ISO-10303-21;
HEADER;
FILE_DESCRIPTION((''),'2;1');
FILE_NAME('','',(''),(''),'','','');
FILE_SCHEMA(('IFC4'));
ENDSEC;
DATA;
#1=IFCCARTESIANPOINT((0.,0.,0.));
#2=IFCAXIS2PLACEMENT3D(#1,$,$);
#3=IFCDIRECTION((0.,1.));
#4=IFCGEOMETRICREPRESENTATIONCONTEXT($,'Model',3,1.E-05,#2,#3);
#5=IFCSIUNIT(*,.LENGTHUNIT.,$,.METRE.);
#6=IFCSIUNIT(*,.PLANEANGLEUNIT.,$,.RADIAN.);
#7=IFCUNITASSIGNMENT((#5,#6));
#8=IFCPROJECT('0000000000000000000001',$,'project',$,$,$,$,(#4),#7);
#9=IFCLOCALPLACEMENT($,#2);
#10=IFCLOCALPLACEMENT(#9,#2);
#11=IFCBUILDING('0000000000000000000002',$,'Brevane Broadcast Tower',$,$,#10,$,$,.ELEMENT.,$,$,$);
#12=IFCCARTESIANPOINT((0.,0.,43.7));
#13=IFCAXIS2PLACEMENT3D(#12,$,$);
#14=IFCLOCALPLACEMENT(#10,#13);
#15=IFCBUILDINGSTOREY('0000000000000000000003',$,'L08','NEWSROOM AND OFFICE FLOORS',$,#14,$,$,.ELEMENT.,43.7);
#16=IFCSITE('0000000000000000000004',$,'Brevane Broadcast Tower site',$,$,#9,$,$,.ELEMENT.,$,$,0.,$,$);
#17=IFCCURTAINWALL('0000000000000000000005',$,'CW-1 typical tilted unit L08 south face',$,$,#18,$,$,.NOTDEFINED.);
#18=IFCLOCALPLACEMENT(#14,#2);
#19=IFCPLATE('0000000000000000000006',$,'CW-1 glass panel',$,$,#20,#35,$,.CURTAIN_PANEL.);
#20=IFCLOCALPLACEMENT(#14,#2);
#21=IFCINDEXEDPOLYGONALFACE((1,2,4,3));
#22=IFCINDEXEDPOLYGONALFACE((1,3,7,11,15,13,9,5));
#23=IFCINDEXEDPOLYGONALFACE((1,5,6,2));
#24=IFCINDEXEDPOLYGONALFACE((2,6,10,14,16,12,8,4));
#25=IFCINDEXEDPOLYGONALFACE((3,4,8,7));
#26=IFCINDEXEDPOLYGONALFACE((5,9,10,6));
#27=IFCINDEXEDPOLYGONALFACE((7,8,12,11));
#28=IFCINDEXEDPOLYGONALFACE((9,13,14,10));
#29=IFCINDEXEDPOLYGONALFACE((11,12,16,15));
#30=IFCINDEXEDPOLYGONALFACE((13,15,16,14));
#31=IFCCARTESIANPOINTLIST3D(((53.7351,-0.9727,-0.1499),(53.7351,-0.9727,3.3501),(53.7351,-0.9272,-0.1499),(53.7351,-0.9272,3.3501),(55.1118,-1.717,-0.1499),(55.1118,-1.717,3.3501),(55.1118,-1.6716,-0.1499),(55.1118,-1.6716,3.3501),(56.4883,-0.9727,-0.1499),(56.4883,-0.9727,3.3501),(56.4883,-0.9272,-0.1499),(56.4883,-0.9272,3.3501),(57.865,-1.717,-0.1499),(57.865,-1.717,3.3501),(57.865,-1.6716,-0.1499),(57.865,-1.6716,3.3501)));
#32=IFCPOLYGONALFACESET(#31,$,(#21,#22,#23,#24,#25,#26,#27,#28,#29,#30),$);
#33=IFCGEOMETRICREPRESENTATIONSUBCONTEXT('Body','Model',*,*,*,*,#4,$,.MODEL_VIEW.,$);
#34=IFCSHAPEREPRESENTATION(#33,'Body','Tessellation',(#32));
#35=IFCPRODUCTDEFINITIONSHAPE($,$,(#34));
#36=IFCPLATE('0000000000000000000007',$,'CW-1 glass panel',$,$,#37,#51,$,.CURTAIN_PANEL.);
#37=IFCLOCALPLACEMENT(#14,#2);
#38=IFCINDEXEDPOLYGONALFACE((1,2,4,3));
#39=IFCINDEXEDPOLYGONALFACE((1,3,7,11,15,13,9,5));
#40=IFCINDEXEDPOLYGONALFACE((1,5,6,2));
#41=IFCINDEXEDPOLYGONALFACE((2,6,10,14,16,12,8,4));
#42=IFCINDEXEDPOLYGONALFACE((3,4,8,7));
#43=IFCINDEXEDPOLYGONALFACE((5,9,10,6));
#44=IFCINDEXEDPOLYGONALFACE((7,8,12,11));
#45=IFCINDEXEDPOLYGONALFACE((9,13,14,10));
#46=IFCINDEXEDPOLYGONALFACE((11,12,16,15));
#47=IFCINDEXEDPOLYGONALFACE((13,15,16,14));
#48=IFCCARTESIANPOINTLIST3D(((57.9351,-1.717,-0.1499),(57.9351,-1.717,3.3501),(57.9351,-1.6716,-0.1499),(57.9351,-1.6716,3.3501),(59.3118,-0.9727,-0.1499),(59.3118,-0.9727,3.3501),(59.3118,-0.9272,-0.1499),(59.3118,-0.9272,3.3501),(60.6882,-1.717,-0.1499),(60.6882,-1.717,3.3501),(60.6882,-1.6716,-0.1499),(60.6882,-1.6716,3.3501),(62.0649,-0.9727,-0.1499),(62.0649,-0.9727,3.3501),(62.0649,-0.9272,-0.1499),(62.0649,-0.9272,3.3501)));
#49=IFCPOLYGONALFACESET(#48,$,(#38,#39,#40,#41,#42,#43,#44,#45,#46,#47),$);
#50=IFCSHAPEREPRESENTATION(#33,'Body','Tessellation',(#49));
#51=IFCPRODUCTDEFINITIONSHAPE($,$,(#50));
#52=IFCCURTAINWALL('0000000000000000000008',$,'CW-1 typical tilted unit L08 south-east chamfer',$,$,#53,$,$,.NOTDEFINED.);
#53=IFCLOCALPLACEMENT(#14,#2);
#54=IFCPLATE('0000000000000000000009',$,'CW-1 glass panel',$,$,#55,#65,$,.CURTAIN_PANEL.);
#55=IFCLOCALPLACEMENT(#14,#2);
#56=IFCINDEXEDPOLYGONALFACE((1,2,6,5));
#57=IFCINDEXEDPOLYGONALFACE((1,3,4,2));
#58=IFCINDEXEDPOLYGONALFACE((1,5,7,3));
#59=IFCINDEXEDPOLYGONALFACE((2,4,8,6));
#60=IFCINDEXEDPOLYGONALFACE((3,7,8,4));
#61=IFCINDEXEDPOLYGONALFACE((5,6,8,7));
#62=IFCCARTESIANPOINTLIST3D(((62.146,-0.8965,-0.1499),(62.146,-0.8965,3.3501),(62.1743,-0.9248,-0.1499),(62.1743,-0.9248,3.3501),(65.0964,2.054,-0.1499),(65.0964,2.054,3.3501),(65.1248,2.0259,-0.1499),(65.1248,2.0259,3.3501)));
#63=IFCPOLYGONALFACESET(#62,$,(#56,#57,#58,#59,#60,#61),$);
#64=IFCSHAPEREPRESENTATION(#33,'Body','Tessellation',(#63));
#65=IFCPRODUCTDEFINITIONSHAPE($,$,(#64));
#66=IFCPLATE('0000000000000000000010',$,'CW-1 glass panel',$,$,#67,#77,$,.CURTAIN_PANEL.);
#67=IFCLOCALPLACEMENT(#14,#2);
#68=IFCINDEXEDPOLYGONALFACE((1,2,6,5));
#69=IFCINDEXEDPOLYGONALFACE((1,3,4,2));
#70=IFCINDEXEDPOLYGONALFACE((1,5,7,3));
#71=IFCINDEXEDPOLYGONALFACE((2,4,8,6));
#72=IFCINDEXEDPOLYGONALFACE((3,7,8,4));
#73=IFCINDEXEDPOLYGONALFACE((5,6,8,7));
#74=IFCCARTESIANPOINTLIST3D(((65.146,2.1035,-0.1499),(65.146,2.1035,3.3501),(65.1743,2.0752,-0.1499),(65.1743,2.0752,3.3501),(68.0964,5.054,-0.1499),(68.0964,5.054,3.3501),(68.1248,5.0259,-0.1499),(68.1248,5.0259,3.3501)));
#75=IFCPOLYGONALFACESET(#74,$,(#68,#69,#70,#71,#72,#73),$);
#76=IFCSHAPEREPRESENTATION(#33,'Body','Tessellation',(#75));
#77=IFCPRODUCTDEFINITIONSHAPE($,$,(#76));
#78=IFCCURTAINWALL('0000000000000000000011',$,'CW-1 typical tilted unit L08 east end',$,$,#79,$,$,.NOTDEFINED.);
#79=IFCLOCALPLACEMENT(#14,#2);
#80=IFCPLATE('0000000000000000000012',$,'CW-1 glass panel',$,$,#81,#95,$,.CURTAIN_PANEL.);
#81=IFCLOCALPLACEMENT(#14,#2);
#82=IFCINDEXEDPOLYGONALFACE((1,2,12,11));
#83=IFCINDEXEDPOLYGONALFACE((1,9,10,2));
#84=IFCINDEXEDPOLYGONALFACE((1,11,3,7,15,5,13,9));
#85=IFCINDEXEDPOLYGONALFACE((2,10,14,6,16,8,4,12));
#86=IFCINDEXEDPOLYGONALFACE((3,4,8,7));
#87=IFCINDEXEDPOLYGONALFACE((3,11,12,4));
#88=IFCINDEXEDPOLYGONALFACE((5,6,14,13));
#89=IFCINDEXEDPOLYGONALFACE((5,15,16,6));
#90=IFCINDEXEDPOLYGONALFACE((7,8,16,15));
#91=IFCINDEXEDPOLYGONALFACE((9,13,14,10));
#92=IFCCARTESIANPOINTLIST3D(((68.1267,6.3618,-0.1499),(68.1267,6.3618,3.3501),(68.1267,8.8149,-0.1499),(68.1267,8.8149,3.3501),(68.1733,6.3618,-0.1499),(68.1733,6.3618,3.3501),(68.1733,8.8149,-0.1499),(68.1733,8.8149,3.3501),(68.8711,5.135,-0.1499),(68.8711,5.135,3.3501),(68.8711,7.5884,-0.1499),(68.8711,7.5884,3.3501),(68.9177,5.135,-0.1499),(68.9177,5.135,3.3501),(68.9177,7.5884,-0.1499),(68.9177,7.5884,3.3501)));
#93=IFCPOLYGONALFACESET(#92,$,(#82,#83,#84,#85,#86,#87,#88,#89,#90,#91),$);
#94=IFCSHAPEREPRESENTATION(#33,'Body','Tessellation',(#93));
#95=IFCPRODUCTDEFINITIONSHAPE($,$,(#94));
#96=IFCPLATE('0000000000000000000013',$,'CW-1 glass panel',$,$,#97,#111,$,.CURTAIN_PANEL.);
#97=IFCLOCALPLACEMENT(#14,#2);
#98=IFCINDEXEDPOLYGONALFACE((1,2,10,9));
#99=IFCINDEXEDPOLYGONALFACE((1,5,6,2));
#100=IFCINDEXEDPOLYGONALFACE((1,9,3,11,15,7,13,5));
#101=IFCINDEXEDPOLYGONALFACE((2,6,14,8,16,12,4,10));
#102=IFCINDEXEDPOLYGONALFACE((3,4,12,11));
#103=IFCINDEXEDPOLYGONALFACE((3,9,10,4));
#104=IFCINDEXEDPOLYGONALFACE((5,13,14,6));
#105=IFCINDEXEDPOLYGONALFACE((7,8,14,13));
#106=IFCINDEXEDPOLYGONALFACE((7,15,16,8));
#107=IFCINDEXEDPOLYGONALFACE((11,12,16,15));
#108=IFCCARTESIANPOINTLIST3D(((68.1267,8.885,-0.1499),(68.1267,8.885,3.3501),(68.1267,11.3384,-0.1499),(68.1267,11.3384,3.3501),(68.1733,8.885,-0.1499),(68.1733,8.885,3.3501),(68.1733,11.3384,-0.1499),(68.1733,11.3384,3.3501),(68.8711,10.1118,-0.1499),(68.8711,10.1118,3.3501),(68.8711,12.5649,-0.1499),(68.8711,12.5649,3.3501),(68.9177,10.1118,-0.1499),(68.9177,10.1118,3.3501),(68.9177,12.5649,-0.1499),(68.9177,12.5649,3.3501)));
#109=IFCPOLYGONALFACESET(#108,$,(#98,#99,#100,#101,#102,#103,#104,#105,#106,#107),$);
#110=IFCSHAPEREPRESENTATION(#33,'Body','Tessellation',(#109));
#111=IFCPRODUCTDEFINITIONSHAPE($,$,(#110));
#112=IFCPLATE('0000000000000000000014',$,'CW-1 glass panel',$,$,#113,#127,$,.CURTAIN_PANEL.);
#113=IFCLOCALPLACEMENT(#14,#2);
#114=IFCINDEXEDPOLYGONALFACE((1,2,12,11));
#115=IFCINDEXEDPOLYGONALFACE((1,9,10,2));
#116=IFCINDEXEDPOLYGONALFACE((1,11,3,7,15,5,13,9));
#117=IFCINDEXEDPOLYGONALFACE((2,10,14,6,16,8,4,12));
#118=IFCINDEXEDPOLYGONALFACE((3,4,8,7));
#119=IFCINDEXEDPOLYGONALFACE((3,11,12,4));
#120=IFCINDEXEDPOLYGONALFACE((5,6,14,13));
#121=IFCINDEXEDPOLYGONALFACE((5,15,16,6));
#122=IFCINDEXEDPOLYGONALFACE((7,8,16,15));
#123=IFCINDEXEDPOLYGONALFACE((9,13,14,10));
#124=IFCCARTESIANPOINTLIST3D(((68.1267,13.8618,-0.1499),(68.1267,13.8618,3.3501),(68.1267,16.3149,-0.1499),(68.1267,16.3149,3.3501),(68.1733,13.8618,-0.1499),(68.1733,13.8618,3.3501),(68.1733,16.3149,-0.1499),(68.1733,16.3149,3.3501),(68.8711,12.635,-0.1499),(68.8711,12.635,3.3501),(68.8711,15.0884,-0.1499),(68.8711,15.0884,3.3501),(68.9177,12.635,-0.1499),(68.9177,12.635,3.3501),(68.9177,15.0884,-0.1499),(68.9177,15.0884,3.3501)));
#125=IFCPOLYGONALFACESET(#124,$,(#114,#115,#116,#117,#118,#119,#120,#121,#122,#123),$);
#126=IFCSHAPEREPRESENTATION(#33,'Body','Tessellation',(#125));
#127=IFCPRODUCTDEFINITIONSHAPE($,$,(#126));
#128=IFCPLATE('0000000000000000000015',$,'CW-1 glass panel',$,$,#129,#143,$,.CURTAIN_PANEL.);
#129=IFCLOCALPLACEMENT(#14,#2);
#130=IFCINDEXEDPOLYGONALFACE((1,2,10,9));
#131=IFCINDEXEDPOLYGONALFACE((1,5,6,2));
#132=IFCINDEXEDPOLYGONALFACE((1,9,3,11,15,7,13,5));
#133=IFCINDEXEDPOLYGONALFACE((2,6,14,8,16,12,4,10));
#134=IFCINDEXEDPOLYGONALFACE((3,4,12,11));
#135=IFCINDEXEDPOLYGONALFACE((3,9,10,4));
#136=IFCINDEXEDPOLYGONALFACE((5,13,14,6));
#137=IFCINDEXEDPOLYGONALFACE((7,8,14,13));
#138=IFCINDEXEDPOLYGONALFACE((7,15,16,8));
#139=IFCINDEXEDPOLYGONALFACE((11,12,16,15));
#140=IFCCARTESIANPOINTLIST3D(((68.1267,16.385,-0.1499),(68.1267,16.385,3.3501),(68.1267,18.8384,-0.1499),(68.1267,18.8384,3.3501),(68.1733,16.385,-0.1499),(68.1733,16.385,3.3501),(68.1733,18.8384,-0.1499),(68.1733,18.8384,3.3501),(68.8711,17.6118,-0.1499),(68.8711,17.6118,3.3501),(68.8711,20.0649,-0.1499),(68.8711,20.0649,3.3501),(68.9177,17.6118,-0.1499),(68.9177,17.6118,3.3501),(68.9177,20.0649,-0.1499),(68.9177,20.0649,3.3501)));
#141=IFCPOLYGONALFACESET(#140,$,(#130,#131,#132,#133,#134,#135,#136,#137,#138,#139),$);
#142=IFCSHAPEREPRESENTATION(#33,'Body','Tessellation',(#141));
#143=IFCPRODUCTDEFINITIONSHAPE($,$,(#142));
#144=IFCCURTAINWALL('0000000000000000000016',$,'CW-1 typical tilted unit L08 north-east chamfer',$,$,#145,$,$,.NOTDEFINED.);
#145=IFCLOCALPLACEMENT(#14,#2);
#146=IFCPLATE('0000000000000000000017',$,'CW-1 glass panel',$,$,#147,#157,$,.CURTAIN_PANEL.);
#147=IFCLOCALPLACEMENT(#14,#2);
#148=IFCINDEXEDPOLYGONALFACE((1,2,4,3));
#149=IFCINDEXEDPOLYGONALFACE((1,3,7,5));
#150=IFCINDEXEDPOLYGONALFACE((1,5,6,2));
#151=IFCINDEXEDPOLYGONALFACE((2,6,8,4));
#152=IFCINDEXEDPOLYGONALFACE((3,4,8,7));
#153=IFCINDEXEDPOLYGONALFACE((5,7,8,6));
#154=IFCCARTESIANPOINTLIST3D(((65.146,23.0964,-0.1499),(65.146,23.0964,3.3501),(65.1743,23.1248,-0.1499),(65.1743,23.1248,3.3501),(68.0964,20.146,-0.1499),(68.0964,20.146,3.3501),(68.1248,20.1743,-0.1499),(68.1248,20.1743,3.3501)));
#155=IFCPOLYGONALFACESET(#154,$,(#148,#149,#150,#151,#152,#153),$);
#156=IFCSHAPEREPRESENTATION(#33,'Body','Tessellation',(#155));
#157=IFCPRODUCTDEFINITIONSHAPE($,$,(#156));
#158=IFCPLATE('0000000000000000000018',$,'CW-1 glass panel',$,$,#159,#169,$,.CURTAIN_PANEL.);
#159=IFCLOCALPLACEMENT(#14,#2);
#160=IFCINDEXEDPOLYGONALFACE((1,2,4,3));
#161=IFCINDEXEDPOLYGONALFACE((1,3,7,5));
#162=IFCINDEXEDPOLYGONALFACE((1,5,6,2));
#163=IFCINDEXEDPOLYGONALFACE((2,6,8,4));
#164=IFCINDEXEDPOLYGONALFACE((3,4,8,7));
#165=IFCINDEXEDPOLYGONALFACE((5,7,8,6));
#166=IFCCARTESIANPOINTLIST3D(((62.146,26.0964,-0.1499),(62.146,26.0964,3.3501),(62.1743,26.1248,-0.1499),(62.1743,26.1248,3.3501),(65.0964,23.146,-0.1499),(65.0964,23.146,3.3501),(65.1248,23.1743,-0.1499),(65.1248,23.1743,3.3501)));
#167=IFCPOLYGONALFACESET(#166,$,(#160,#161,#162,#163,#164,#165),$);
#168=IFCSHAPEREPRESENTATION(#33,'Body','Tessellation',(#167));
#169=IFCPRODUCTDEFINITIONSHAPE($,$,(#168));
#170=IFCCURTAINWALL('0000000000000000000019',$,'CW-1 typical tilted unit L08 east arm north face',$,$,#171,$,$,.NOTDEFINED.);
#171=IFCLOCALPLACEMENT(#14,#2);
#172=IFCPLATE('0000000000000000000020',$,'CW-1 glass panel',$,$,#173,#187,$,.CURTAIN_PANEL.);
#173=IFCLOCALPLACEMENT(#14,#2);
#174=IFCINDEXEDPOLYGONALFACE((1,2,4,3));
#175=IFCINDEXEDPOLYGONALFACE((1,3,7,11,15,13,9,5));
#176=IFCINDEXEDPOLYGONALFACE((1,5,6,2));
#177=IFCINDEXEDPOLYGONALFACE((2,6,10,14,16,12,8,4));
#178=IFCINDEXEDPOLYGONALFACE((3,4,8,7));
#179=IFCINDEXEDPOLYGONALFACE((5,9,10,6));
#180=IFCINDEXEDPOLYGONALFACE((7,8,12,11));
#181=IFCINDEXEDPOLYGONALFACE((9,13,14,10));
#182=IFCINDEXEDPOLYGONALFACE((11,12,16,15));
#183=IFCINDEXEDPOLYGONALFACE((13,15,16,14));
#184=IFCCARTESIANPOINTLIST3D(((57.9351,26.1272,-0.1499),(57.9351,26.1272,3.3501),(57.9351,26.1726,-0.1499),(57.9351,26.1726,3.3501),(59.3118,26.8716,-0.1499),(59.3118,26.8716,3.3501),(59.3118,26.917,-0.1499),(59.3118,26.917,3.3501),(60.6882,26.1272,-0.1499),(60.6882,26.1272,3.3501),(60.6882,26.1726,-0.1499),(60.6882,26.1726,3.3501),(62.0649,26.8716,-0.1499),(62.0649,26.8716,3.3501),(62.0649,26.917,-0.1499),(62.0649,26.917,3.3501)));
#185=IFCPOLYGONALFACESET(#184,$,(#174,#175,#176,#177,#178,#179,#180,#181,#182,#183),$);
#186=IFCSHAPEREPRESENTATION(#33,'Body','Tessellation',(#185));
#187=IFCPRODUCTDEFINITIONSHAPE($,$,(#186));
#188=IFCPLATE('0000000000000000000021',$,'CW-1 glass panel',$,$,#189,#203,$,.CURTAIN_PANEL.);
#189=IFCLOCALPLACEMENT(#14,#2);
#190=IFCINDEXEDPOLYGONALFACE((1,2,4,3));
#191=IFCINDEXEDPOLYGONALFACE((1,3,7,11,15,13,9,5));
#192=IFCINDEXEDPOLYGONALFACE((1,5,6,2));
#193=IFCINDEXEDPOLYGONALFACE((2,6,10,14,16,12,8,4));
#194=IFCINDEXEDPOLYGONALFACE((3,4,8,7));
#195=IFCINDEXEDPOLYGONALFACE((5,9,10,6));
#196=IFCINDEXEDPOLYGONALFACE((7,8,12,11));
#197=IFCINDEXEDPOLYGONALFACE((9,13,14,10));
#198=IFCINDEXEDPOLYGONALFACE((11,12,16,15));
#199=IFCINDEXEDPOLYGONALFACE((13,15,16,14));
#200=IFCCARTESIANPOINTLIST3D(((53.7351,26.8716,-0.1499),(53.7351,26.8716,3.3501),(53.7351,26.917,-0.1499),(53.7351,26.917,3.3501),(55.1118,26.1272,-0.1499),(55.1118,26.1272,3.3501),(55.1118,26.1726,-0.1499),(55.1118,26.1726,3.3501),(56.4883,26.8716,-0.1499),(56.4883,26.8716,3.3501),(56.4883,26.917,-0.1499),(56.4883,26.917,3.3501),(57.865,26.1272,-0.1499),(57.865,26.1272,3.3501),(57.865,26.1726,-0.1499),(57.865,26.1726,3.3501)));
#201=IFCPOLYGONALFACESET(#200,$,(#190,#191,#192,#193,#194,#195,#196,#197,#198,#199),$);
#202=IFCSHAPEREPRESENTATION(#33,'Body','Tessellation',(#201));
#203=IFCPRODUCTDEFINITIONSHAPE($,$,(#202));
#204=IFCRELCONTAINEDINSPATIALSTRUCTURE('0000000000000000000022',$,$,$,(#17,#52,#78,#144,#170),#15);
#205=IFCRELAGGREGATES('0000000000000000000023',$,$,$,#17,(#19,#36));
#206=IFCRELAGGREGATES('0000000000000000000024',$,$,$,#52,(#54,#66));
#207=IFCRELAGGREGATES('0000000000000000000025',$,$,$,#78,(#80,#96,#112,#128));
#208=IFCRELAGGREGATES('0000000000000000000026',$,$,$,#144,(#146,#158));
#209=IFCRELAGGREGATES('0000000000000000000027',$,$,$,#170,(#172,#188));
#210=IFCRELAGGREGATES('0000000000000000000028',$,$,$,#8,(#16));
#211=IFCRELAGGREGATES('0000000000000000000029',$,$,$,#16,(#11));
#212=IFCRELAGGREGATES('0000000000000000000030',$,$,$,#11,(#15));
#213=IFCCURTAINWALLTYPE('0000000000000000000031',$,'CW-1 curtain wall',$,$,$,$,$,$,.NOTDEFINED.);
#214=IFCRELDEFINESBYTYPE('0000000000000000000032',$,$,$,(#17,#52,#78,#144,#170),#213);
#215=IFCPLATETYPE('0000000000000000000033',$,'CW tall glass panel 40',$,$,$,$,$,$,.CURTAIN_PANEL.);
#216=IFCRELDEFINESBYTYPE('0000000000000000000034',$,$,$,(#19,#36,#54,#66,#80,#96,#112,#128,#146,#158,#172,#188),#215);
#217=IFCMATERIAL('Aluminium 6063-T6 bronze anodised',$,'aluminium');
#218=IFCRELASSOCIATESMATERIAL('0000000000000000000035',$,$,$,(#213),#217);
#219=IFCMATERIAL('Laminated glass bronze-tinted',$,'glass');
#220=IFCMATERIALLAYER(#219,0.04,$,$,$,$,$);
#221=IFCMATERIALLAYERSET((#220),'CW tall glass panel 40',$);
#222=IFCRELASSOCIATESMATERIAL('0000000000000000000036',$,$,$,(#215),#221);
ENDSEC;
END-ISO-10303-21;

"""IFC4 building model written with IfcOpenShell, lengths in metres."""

from ifc_helpers import new_model, si_unit, direction, frame, origin, place, context, subcontext, project, spatial, polyline, outline, extrude, material, layer, layer_set, type_object, element, aggregate, save


model = new_model("IFC4")

# Units and contexts
model_context = context("Model", 3, precision=1e-05, world=origin(), true_north=direction((0.0, 1.0)))
body_context = subcontext(model_context, "Body", "Model", "MODEL_VIEW")
ifc_project = project(units=[si_unit("LENGTHUNIT", "METRE"), si_unit("PLANEANGLEUNIT", "RADIAN")], contexts=[model_context])

# Site, building, storey
site_placement = place(None, origin())
site = spatial("IfcSite", under=ifc_project, at=site_placement, Name="Brevane Broadcast Tower site", CompositionType="ELEMENT", RefElevation=0.0)
building_placement = place(site_placement, origin())
building = spatial("IfcBuilding", under=site, at=building_placement, Name="Brevane Broadcast Tower", CompositionType="ELEMENT")
storey_placement = place(building_placement, frame((0.0, 0.0, 43.7)))
storey = spatial("IfcBuildingStorey", under=building, at=storey_placement, Name="L08", Description="NEWSROOM AND OFFICE FLOORS", CompositionType="ELEMENT", Elevation=43.7)

# Curtain walls, plates
ifc_material_1 = material(Name="Aluminium 6063-T6 bronze anodised", Category="aluminium")
curtain_wall_type = type_object("IfcCurtainWallType", Name="CW-1 curtain wall", PredefinedType="NOTDEFINED", material=ifc_material_1)
curtain_wall_1_placement = place(storey_placement, origin())
curtain_wall_1 = element("IfcCurtainWall", 1, at=curtain_wall_1_placement, inside=storey, type_object=curtain_wall_type, Name="CW-1 typical tilted unit L08 south face", PredefinedType="NOTDEFINED")
ifc_material_2 = material(Name="Laminated glass bronze-tinted", Category="glass")
ifc_layer = layer(ifc_material_2, 0.04)
ifc_layer_set = layer_set([ifc_layer], Name="CW tall glass panel 40")
plate_type = type_object("IfcPlateType", Name="CW tall glass panel 40", PredefinedType="CURTAIN_PANEL", material=ifc_layer_set)
plate_1_placement = place(storey_placement, frame((0.0, 0.0, -0.1499)))
plate_1 = element("IfcPlate", 2, at=plate_1_placement, type_object=plate_type, Name="CW-1 glass panel", PredefinedType="CURTAIN_PANEL", context=body_context, shape_type="SweptSolid", body=[
    extrude(outline(polyline([(53.7351, -0.9272), (53.7351, -0.9727), (55.1118, -1.717), (56.4883, -0.9727), (57.865, -1.717), (57.865, -1.6716), (56.4883, -0.9272), (55.1118, -1.6716), (53.7351, -0.9272)])), origin(), (0.0, 0.0, 1.0), 3.5),
])
plate_2_placement = place(storey_placement, frame((0.0, 0.0, -0.1499)))
plate_2 = element("IfcPlate", 3, at=plate_2_placement, type_object=plate_type, Name="CW-1 glass panel", PredefinedType="CURTAIN_PANEL", context=body_context, shape_type="SweptSolid", body=[
    extrude(outline(polyline([(57.9351, -1.6716), (57.9351, -1.717), (59.3118, -0.9727), (60.6882, -1.717), (62.0649, -0.9727), (62.0649, -0.9272), (60.6882, -1.6716), (59.3118, -0.9272), (57.9351, -1.6716)])), origin(), (0.0, 0.0, 1.0), 3.5),
])
aggregate(curtain_wall_1, [plate_1, plate_2])
curtain_wall_2_placement = place(storey_placement, origin())
curtain_wall_2 = element("IfcCurtainWall", 4, at=curtain_wall_2_placement, inside=storey, type_object=curtain_wall_type, Name="CW-1 typical tilted unit L08 south-east chamfer", PredefinedType="NOTDEFINED")
plate_3_placement = place(storey_placement, frame((0.0, 0.0, -0.1499)))
plate_3 = element("IfcPlate", 5, at=plate_3_placement, type_object=plate_type, Name="CW-1 glass panel", PredefinedType="CURTAIN_PANEL", context=body_context, shape_type="SweptSolid", body=[
    extrude(outline(polyline([(62.146, -0.8965), (65.0964, 2.054), (65.1248, 2.0259), (62.1743, -0.9248), (62.146, -0.8965)])), origin(), (0.0, 0.0, 1.0), 3.5),
])
plate_4_placement = place(storey_placement, frame((0.0, 0.0, -0.1499)))
plate_4 = element("IfcPlate", 6, at=plate_4_placement, type_object=plate_type, Name="CW-1 glass panel", PredefinedType="CURTAIN_PANEL", context=body_context, shape_type="SweptSolid", body=[
    extrude(outline(polyline([(65.146, 2.1035), (68.0964, 5.054), (68.1248, 5.0259), (65.1743, 2.0752), (65.146, 2.1035)])), origin(), (0.0, 0.0, 1.0), 3.5),
])
aggregate(curtain_wall_2, [plate_3, plate_4])
curtain_wall_3_placement = place(storey_placement, origin())
curtain_wall_3 = element("IfcCurtainWall", 7, at=curtain_wall_3_placement, inside=storey, type_object=curtain_wall_type, Name="CW-1 typical tilted unit L08 east end", PredefinedType="NOTDEFINED")
plate_5_placement = place(storey_placement, frame((0.0, 0.0, -0.1499)))
plate_5 = element("IfcPlate", 8, at=plate_5_placement, type_object=plate_type, Name="CW-1 glass panel", PredefinedType="CURTAIN_PANEL", context=body_context, shape_type="SweptSolid", body=[
    extrude(outline(polyline([(68.8711, 5.135), (68.9177, 5.135), (68.1733, 6.3618), (68.9177, 7.5884), (68.1733, 8.8149), (68.1267, 8.8149), (68.8711, 7.5884), (68.1267, 6.3618), (68.8711, 5.135)])), origin(), (0.0, 0.0, 1.0), 3.5),
])
plate_6_placement = place(storey_placement, frame((0.0, 0.0, -0.1499)))
plate_6 = element("IfcPlate", 9, at=plate_6_placement, type_object=plate_type, Name="CW-1 glass panel", PredefinedType="CURTAIN_PANEL", context=body_context, shape_type="SweptSolid", body=[
    extrude(outline(polyline([(68.1267, 8.885), (68.1733, 8.885), (68.9177, 10.1118), (68.1733, 11.3384), (68.9177, 12.5649), (68.8711, 12.5649), (68.1267, 11.3384), (68.8711, 10.1118), (68.1267, 8.885)])), origin(), (0.0, 0.0, 1.0), 3.5),
])
plate_7_placement = place(storey_placement, frame((0.0, 0.0, -0.1499)))
plate_7 = element("IfcPlate", 10, at=plate_7_placement, type_object=plate_type, Name="CW-1 glass panel", PredefinedType="CURTAIN_PANEL", context=body_context, shape_type="SweptSolid", body=[
    extrude(outline(polyline([(68.8711, 12.635), (68.9177, 12.635), (68.1733, 13.8618), (68.9177, 15.0884), (68.1733, 16.3149), (68.1267, 16.3149), (68.8711, 15.0884), (68.1267, 13.8618), (68.8711, 12.635)])), origin(), (0.0, 0.0, 1.0), 3.5),
])
plate_8_placement = place(storey_placement, frame((0.0, 0.0, -0.1499)))
plate_8 = element("IfcPlate", 11, at=plate_8_placement, type_object=plate_type, Name="CW-1 glass panel", PredefinedType="CURTAIN_PANEL", context=body_context, shape_type="SweptSolid", body=[
    extrude(outline(polyline([(68.1267, 16.385), (68.1733, 16.385), (68.9177, 17.6118), (68.1733, 18.8384), (68.9177, 20.0649), (68.8711, 20.0649), (68.1267, 18.8384), (68.8711, 17.6118), (68.1267, 16.385)])), origin(), (0.0, 0.0, 1.0), 3.5),
])
aggregate(curtain_wall_3, [plate_5, plate_6, plate_7, plate_8])
curtain_wall_4_placement = place(storey_placement, origin())
curtain_wall_4 = element("IfcCurtainWall", 12, at=curtain_wall_4_placement, inside=storey, type_object=curtain_wall_type, Name="CW-1 typical tilted unit L08 north-east chamfer", PredefinedType="NOTDEFINED")
plate_9_placement = place(storey_placement, frame((0.0, 0.0, -0.1499)))
plate_9 = element("IfcPlate", 13, at=plate_9_placement, type_object=plate_type, Name="CW-1 glass panel", PredefinedType="CURTAIN_PANEL", context=body_context, shape_type="SweptSolid", body=[
    extrude(outline(polyline([(68.0964, 20.146), (65.146, 23.0964), (65.1743, 23.1248), (68.1248, 20.1743), (68.0964, 20.146)])), origin(), (0.0, 0.0, 1.0), 3.5),
])
plate_10_placement = place(storey_placement, frame((0.0, 0.0, -0.1499)))
plate_10 = element("IfcPlate", 14, at=plate_10_placement, type_object=plate_type, Name="CW-1 glass panel", PredefinedType="CURTAIN_PANEL", context=body_context, shape_type="SweptSolid", body=[
    extrude(outline(polyline([(65.0964, 23.146), (62.146, 26.0964), (62.1743, 26.1248), (65.1248, 23.1743), (65.0964, 23.146)])), origin(), (0.0, 0.0, 1.0), 3.5),
])
aggregate(curtain_wall_4, [plate_9, plate_10])
curtain_wall_5_placement = place(storey_placement, origin())
curtain_wall_5 = element("IfcCurtainWall", 15, at=curtain_wall_5_placement, inside=storey, type_object=curtain_wall_type, Name="CW-1 typical tilted unit L08 east arm north face", PredefinedType="NOTDEFINED")
plate_11_placement = place(storey_placement, frame((0.0, 0.0, -0.1499)))
plate_11 = element("IfcPlate", 16, at=plate_11_placement, type_object=plate_type, Name="CW-1 glass panel", PredefinedType="CURTAIN_PANEL", context=body_context, shape_type="SweptSolid", body=[
    extrude(outline(polyline([(62.0649, 26.8716), (62.0649, 26.917), (60.6882, 26.1726), (59.3118, 26.917), (57.9351, 26.1726), (57.9351, 26.1272), (59.3118, 26.8716), (60.6882, 26.1272), (62.0649, 26.8716)])), origin(), (0.0, 0.0, 1.0), 3.5),
])
plate_12_placement = place(storey_placement, frame((0.0, 0.0, -0.1499)))
plate_12 = element("IfcPlate", 17, at=plate_12_placement, type_object=plate_type, Name="CW-1 glass panel", PredefinedType="CURTAIN_PANEL", context=body_context, shape_type="SweptSolid", body=[
    extrude(outline(polyline([(57.865, 26.1272), (57.865, 26.1726), (56.4883, 26.917), (55.1118, 26.1726), (53.7351, 26.917), (53.7351, 26.8716), (55.1118, 26.1272), (56.4883, 26.8716), (57.865, 26.1272)])), origin(), (0.0, 0.0, 1.0), 3.5),
])
aggregate(curtain_wall_5, [plate_11, plate_12])

save(model, "model.ifc")
